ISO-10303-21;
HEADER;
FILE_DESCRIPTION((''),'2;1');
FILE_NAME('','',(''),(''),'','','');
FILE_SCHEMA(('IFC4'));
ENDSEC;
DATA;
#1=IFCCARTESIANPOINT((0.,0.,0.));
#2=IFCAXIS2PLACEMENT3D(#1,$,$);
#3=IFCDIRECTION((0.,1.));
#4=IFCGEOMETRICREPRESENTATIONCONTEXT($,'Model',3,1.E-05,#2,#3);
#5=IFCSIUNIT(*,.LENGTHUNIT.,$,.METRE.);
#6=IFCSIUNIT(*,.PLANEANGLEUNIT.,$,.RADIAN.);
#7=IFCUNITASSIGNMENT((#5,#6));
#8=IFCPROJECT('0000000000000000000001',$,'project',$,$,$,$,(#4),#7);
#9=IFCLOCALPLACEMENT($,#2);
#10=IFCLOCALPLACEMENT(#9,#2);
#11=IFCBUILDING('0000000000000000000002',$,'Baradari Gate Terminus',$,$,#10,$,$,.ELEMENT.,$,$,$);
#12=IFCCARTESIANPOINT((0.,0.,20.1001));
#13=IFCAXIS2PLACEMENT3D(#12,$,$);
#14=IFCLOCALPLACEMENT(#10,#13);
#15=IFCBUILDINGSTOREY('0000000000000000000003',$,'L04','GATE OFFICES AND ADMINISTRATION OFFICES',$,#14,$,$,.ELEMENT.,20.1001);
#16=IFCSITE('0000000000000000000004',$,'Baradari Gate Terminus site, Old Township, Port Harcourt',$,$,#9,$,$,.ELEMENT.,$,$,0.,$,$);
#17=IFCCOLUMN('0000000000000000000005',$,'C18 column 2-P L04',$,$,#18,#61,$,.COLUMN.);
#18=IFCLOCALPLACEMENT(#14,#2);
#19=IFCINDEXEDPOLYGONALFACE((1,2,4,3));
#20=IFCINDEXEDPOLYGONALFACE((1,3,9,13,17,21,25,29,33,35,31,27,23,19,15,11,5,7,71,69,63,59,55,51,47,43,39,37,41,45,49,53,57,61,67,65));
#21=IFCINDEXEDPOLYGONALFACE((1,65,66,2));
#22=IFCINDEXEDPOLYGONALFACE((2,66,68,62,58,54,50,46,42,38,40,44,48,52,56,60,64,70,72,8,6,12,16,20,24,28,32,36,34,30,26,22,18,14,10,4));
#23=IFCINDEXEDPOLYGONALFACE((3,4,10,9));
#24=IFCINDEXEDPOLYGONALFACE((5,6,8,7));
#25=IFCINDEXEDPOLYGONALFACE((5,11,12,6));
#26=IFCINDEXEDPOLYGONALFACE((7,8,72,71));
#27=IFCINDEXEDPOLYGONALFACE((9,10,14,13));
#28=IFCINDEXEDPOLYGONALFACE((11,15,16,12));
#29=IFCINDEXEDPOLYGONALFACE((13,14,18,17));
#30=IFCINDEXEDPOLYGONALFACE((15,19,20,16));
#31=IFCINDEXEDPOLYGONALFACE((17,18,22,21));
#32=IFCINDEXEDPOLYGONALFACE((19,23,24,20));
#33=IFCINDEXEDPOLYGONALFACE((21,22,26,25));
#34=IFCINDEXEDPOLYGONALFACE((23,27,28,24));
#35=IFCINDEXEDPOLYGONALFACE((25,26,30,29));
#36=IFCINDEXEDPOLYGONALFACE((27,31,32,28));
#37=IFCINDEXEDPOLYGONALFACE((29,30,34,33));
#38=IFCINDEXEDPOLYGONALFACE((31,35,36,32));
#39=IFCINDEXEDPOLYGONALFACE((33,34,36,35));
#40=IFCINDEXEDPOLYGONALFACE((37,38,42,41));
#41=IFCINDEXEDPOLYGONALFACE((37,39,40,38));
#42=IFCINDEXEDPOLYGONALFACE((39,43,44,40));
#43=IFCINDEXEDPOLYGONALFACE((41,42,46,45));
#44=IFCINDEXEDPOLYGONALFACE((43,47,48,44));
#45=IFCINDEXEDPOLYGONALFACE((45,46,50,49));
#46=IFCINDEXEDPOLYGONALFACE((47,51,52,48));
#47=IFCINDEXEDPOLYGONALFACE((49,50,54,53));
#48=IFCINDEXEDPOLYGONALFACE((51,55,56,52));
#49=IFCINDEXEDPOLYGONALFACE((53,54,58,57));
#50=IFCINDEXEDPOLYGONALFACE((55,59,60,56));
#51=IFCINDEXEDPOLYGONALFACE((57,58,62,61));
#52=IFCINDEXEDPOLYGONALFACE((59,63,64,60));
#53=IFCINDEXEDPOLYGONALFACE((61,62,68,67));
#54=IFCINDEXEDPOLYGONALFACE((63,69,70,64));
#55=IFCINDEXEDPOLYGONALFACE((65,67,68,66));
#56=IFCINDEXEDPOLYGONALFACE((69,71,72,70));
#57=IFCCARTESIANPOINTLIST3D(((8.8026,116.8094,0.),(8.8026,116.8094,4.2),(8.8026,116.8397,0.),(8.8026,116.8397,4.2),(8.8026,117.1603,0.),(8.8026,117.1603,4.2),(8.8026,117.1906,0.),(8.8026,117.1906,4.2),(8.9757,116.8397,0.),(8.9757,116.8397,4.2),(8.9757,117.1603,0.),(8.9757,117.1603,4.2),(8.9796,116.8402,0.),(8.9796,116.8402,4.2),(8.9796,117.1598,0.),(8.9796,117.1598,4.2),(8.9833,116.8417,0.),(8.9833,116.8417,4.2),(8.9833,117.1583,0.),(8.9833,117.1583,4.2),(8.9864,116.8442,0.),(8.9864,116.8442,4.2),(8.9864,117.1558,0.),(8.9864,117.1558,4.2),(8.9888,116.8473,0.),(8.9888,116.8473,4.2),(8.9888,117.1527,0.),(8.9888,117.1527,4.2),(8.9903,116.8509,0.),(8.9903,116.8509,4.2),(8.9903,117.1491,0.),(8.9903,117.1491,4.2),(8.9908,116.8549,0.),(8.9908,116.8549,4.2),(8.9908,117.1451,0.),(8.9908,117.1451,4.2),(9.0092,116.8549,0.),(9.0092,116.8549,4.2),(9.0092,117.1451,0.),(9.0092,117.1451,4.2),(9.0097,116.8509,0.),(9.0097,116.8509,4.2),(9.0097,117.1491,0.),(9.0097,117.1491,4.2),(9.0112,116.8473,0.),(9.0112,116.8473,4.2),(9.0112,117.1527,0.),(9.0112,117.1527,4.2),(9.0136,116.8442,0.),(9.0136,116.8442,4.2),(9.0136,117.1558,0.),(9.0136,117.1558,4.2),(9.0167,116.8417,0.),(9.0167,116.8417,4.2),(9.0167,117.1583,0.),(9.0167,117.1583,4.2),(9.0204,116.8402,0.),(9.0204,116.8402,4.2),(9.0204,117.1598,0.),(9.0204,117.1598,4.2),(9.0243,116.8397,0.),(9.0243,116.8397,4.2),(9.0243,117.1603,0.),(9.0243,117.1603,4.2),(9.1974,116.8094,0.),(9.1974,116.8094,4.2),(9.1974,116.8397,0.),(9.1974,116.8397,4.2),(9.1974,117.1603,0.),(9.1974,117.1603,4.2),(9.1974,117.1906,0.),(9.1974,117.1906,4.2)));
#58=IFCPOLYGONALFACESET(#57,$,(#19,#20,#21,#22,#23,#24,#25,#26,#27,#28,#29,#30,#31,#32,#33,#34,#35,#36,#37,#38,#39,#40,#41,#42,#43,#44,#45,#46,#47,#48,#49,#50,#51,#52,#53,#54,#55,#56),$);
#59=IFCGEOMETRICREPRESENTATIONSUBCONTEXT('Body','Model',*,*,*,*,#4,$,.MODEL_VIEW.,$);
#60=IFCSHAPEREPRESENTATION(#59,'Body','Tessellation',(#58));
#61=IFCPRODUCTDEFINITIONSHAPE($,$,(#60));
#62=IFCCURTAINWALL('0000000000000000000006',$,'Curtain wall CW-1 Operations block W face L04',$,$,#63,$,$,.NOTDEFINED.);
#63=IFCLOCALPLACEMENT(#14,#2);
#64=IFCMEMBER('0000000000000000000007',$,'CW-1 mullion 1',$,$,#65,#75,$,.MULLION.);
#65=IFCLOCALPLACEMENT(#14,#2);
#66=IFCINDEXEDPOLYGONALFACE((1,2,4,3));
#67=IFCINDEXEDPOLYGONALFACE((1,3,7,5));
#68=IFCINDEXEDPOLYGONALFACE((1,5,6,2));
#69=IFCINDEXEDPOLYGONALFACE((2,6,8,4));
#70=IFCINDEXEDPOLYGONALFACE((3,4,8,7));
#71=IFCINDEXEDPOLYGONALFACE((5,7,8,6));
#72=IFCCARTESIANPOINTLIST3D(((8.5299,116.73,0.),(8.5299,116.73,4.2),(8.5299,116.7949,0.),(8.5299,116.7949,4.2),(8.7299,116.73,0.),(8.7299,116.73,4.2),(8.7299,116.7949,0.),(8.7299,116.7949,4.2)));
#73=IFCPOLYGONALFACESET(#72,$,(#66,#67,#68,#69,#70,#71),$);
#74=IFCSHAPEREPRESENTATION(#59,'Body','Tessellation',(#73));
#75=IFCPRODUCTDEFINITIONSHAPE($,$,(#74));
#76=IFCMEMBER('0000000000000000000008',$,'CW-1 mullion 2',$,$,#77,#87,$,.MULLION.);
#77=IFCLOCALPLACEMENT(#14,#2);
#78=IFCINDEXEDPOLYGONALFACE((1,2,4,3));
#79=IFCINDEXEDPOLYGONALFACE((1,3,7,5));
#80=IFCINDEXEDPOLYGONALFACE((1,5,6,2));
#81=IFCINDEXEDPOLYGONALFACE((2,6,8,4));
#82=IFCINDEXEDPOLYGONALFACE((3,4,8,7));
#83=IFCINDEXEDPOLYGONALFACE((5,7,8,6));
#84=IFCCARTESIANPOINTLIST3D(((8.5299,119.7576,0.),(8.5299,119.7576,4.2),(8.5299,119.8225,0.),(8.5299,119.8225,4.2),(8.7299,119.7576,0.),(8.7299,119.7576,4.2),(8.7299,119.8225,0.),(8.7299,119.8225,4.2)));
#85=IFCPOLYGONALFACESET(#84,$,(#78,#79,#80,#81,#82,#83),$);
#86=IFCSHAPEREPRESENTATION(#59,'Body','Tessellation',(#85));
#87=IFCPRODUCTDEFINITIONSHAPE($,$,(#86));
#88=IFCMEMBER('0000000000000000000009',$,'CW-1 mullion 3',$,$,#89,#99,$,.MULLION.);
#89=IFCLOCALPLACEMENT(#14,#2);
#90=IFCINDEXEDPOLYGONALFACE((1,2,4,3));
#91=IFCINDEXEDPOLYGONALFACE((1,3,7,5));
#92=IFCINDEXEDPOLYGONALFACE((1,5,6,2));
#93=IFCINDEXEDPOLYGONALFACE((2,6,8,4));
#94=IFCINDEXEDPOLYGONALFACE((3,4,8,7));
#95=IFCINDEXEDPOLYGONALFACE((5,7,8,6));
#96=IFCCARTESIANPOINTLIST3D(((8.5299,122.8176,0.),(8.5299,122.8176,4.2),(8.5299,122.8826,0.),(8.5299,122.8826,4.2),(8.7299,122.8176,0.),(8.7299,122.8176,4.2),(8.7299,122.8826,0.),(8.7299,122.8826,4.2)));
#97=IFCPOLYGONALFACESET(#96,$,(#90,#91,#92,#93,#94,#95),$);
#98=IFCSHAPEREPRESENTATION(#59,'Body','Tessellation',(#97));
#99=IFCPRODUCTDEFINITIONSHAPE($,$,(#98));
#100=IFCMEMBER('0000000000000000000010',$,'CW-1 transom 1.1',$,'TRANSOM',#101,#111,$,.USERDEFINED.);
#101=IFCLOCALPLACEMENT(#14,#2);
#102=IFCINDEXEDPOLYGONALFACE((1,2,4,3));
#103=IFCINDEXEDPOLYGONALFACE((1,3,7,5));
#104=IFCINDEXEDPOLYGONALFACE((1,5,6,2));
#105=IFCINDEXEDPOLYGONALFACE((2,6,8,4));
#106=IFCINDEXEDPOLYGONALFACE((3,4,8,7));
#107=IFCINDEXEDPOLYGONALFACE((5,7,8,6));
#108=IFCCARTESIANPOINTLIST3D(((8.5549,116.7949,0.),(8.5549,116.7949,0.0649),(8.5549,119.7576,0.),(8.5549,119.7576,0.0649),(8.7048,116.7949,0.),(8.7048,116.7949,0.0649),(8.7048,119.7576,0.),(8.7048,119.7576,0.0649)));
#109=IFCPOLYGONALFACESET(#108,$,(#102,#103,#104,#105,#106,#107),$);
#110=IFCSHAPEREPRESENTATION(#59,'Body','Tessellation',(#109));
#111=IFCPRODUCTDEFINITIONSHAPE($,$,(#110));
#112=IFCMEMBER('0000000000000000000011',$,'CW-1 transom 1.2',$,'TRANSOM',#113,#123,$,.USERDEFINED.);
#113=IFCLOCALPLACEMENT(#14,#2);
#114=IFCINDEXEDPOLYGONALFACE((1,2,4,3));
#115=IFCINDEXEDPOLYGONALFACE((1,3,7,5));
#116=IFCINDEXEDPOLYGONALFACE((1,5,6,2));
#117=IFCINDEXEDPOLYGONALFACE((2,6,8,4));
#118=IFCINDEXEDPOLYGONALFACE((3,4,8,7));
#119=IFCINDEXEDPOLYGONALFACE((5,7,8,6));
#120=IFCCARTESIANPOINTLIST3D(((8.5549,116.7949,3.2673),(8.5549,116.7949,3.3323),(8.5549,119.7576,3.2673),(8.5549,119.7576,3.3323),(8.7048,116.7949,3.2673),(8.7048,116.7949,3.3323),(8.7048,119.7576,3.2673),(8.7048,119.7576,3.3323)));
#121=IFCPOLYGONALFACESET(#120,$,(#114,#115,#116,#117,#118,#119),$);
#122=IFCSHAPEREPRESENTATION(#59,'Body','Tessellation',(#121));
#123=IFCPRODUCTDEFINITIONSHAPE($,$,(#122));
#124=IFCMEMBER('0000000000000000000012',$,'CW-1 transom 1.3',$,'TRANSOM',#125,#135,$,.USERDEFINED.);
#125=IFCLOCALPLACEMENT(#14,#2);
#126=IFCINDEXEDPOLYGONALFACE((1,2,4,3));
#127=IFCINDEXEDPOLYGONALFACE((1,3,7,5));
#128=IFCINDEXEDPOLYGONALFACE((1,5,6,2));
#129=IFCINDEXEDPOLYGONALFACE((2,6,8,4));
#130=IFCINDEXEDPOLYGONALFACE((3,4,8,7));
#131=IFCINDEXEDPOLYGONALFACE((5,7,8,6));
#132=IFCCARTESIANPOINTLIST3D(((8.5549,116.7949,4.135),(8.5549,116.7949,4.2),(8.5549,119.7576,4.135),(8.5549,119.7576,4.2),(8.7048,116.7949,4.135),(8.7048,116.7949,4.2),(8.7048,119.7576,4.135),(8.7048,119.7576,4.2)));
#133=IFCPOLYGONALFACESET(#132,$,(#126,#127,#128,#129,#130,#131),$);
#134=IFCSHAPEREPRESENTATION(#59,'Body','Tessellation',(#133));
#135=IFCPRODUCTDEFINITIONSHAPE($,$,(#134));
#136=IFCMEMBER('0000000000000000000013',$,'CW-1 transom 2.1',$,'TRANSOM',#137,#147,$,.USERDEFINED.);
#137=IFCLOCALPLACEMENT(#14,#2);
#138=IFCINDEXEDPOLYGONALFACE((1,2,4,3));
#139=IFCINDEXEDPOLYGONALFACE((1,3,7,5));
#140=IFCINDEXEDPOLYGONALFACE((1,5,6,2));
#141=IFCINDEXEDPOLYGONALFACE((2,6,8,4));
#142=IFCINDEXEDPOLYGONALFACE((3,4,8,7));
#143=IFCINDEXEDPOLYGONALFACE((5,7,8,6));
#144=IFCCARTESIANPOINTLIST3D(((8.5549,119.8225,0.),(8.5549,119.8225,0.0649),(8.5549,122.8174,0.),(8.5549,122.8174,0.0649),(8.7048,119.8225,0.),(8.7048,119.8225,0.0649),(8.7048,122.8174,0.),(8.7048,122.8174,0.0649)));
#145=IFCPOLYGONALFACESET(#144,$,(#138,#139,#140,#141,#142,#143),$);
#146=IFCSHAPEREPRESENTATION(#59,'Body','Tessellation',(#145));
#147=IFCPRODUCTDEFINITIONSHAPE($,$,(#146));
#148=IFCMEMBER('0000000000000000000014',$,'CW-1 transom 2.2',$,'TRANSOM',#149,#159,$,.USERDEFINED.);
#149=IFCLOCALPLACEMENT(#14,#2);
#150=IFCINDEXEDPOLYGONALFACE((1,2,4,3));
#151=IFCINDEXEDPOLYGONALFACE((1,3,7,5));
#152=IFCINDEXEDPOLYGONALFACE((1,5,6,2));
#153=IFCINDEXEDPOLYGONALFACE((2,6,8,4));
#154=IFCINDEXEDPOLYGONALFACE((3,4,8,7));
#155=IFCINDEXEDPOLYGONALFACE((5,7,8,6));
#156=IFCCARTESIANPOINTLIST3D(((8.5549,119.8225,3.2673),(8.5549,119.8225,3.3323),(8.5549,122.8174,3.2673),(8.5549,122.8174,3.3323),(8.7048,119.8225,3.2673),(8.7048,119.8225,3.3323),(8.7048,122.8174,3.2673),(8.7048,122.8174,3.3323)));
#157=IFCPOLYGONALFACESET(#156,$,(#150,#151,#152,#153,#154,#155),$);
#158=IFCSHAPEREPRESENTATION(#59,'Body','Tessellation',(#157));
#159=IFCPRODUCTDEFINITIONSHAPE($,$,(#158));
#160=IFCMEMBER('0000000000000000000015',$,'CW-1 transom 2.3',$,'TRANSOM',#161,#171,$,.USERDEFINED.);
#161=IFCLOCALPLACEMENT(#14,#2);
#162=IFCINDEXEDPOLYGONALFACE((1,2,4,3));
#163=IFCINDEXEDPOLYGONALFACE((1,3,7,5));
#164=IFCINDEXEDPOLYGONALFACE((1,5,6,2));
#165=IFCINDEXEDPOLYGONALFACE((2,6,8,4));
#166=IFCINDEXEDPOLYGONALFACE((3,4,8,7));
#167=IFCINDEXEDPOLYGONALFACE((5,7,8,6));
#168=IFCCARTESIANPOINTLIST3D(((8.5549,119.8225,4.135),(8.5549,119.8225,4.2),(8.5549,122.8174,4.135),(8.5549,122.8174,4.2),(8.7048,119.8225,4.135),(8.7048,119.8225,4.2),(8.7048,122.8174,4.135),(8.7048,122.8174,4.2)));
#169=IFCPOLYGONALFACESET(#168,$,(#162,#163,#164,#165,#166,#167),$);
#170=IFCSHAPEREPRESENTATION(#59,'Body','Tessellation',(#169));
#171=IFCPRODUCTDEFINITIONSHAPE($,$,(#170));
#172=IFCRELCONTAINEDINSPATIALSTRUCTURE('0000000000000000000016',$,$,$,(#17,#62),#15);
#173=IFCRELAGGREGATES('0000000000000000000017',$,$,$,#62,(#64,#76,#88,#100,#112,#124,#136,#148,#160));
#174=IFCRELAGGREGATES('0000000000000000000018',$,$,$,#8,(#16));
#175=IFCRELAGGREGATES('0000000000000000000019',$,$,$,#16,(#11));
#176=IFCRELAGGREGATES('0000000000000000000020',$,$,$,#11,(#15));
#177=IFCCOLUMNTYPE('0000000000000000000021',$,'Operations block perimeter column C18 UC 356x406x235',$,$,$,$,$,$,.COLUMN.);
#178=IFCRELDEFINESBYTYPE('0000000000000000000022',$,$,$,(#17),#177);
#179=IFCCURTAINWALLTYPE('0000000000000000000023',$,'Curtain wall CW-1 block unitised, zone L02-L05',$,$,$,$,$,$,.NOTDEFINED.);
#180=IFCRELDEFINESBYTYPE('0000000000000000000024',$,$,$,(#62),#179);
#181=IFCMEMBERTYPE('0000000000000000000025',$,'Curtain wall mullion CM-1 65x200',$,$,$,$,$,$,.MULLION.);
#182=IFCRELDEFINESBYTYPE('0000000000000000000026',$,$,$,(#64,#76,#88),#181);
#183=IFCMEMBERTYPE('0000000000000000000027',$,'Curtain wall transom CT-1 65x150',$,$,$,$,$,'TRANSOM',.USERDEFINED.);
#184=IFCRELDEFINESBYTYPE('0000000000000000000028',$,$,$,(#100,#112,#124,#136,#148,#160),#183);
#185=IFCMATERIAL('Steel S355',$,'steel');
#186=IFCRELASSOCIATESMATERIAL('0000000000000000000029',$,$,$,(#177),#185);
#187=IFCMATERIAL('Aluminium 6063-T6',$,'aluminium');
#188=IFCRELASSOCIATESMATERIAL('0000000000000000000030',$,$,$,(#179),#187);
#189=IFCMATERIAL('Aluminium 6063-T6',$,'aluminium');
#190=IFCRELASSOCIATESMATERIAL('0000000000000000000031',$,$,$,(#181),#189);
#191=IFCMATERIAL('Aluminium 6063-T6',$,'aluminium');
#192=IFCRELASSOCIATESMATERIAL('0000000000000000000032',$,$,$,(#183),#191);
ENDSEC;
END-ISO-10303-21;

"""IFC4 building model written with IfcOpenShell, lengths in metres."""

from ifc_helpers import new_model, si_unit, direction, frame, origin, origin_2d, place, context, subcontext, project, spatial, rectangle, i_section, extrude, material, material_profile, profile_set, type_object, element, aggregate, save


model = new_model("IFC4")

# Units and contexts
model_context = context("Model", 3, precision=1e-05, world=origin(), true_north=direction((0.0, 1.0)))
body_context = subcontext(model_context, "Body", "Model", "MODEL_VIEW")
ifc_project = project(units=[si_unit("LENGTHUNIT", "METRE"), si_unit("PLANEANGLEUNIT", "RADIAN")], contexts=[model_context])

# Site, building, storey
site_placement = place(None, origin())
site = spatial("IfcSite", under=ifc_project, at=site_placement, Name="Baradari Gate Terminus site, Old Township, Port Harcourt", CompositionType="ELEMENT", RefElevation=0.0)
building_placement = place(site_placement, origin())
building = spatial("IfcBuilding", under=site, at=building_placement, Name="Baradari Gate Terminus", CompositionType="ELEMENT")
storey_placement = place(building_placement, frame((0.0, 0.0, 20.1001)))
storey = spatial("IfcBuildingStorey", under=building, at=storey_placement, Name="L04", Description="GATE OFFICES AND ADMINISTRATION OFFICES", CompositionType="ELEMENT", Elevation=20.1001)

# Column
ifc_material_1 = material(Name="Steel S355", Category="steel")
ifc_material_profile_1 = material_profile(ifc_material_1, i_section(OverallWidth=0.3948, OverallDepth=0.3811, WebThickness=0.0183, FlangeThickness=0.0303, FilletRadius=0.0151, at=origin_2d()), Name="UC 356x406x235")
ifc_profile_set_1 = profile_set([ifc_material_profile_1], Name="Steel S355")
column_type = type_object("IfcColumnType", Name="Operations block perimeter column C18 UC 356x406x235", PredefinedType="COLUMN", material=ifc_profile_set_1)
column_placement = place(storey_placement, frame((9.0, 117.0, 0.0), z_axis=(0.0, 0.0, 1.0), x_axis=(1.0, 0.0, 0.0)))
element("IfcColumn", 1, at=column_placement, inside=storey, type_object=column_type, Name="C18 column 2-P L04", PredefinedType="COLUMN", context=body_context, shape_type="SweptSolid", body=[
    extrude(i_section(OverallWidth=0.3948, OverallDepth=0.3811, WebThickness=0.0183, FlangeThickness=0.0303, FilletRadius=0.0151, at=origin_2d()), origin(), (0.0, 0.0, 1.0), 4.2),
])

# Curtain wall, members
ifc_material_2 = material(Name="Aluminium 6063-T6", Category="aluminium")
curtain_wall_type = type_object("IfcCurtainWallType", Name="Curtain wall CW-1 block unitised, zone L02-L05", PredefinedType="NOTDEFINED", material=ifc_material_2)
curtain_wall_placement = place(storey_placement, origin())
curtain_wall = element("IfcCurtainWall", 2, at=curtain_wall_placement, inside=storey, type_object=curtain_wall_type, Name="Curtain wall CW-1 Operations block W face L04", PredefinedType="NOTDEFINED")
ifc_material_3 = material(Name="Aluminium 6063-T6", Category="aluminium")
ifc_material_profile_2 = material_profile(ifc_material_3, rectangle(XDim=0.2, YDim=0.0649, at=origin_2d()), Name="CM-1 65X200")
ifc_profile_set_2 = profile_set([ifc_material_profile_2], Name="Aluminium 6063-T6")
member_type_1 = type_object("IfcMemberType", Name="Curtain wall mullion CM-1 65x200", PredefinedType="MULLION", material=ifc_profile_set_2)
member_1_placement = place(storey_placement, frame((8.6299, 116.7625, 0.0), z_axis=(0.0, 0.0, 1.0), x_axis=(-1.0, 0.0, 0.0)))
member_1 = element("IfcMember", 3, at=member_1_placement, type_object=member_type_1, Name="CW-1 mullion 1", PredefinedType="MULLION", context=body_context, shape_type="SweptSolid", body=[
    extrude(rectangle(XDim=0.2, YDim=0.0649, at=origin_2d()), origin(), (0.0, 0.0, 1.0), 4.2),
])
member_2_placement = place(storey_placement, frame((8.6299, 119.79, 0.0), z_axis=(0.0, 0.0, 1.0), x_axis=(-1.0, 0.0, 0.0)))
member_2 = element("IfcMember", 4, at=member_2_placement, type_object=member_type_1, Name="CW-1 mullion 2", PredefinedType="MULLION", context=body_context, shape_type="SweptSolid", body=[
    extrude(rectangle(XDim=0.2, YDim=0.0649, at=origin_2d()), origin(), (0.0, 0.0, 1.0), 4.2),
])
member_3_placement = place(storey_placement, frame((8.6299, 122.8501, 0.0), z_axis=(0.0, 0.0, 1.0), x_axis=(-1.0, 0.0, 0.0)))
member_3 = element("IfcMember", 5, at=member_3_placement, type_object=member_type_1, Name="CW-1 mullion 3", PredefinedType="MULLION", context=body_context, shape_type="SweptSolid", body=[
    extrude(rectangle(XDim=0.2, YDim=0.0649, at=origin_2d()), origin(), (0.0, 0.0, 1.0), 4.2),
])
ifc_material_4 = material(Name="Aluminium 6063-T6", Category="aluminium")
ifc_material_profile_3 = material_profile(ifc_material_4, rectangle(XDim=0.1499, YDim=0.0649, at=origin_2d()), Name="CT-1 65X150")
ifc_profile_set_3 = profile_set([ifc_material_profile_3], Name="Aluminium 6063-T6")
member_type_2 = type_object("IfcMemberType", Name="Curtain wall transom CT-1 65x150", ElementType="TRANSOM", PredefinedType="USERDEFINED", material=ifc_profile_set_3)
member_4_placement = place(storey_placement, frame((8.6299, 116.7949, 0.0325), z_axis=(0.0, 1.0, 0.0), x_axis=(-1.0, 0.0, 0.0)))
member_4 = element("IfcMember", 6, at=member_4_placement, type_object=member_type_2, Name="CW-1 transom 1.1", ObjectType="TRANSOM", PredefinedType="USERDEFINED", context=body_context, shape_type="SweptSolid", body=[
    extrude(rectangle(XDim=0.1499, YDim=0.0649, at=origin_2d()), origin(), (0.0, 0.0, 1.0), 2.9626),
])
member_5_placement = place(storey_placement, frame((8.6299, 116.7949, 3.2998), z_axis=(0.0, 1.0, 0.0), x_axis=(-1.0, 0.0, 0.0)))
member_5 = element("IfcMember", 7, at=member_5_placement, type_object=member_type_2, Name="CW-1 transom 1.2", ObjectType="TRANSOM", PredefinedType="USERDEFINED", context=body_context, shape_type="SweptSolid", body=[
    extrude(rectangle(XDim=0.1499, YDim=0.0649, at=origin_2d()), origin(), (0.0, 0.0, 1.0), 2.9626),
])
member_6_placement = place(storey_placement, frame((8.6299, 116.7949, 4.1675), z_axis=(0.0, 1.0, 0.0), x_axis=(-1.0, 0.0, 0.0)))
member_6 = element("IfcMember", 8, at=member_6_placement, type_object=member_type_2, Name="CW-1 transom 1.3", ObjectType="TRANSOM", PredefinedType="USERDEFINED", context=body_context, shape_type="SweptSolid", body=[
    extrude(rectangle(XDim=0.1499, YDim=0.0649, at=origin_2d()), origin(), (0.0, 0.0, 1.0), 2.9626),
])
member_7_placement = place(storey_placement, frame((8.6299, 119.8225, 0.0325), z_axis=(0.0, 1.0, 0.0), x_axis=(-1.0, 0.0, 0.0)))
member_7 = element("IfcMember", 9, at=member_7_placement, type_object=member_type_2, Name="CW-1 transom 2.1", ObjectType="TRANSOM", PredefinedType="USERDEFINED", context=body_context, shape_type="SweptSolid", body=[
    extrude(rectangle(XDim=0.1499, YDim=0.0649, at=origin_2d()), origin(), (0.0, 0.0, 1.0), 2.9949),
])
member_8_placement = place(storey_placement, frame((8.6299, 119.8225, 3.2998), z_axis=(0.0, 1.0, 0.0), x_axis=(-1.0, 0.0, 0.0)))
member_8 = element("IfcMember", 10, at=member_8_placement, type_object=member_type_2, Name="CW-1 transom 2.2", ObjectType="TRANSOM", PredefinedType="USERDEFINED", context=body_context, shape_type="SweptSolid", body=[
    extrude(rectangle(XDim=0.1499, YDim=0.0649, at=origin_2d()), origin(), (0.0, 0.0, 1.0), 2.9949),
])
member_9_placement = place(storey_placement, frame((8.6299, 119.8225, 4.1675), z_axis=(0.0, 1.0, 0.0), x_axis=(-1.0, 0.0, 0.0)))
member_9 = element("IfcMember", 11, at=member_9_placement, type_object=member_type_2, Name="CW-1 transom 2.3", ObjectType="TRANSOM", PredefinedType="USERDEFINED", context=body_context, shape_type="SweptSolid", body=[
    extrude(rectangle(XDim=0.1499, YDim=0.0649, at=origin_2d()), origin(), (0.0, 0.0, 1.0), 2.9949),
])

aggregate(curtain_wall, [member_1, member_2, member_3, member_4, member_5, member_6, member_7, member_8, member_9])

save(model, "model.ifc")
